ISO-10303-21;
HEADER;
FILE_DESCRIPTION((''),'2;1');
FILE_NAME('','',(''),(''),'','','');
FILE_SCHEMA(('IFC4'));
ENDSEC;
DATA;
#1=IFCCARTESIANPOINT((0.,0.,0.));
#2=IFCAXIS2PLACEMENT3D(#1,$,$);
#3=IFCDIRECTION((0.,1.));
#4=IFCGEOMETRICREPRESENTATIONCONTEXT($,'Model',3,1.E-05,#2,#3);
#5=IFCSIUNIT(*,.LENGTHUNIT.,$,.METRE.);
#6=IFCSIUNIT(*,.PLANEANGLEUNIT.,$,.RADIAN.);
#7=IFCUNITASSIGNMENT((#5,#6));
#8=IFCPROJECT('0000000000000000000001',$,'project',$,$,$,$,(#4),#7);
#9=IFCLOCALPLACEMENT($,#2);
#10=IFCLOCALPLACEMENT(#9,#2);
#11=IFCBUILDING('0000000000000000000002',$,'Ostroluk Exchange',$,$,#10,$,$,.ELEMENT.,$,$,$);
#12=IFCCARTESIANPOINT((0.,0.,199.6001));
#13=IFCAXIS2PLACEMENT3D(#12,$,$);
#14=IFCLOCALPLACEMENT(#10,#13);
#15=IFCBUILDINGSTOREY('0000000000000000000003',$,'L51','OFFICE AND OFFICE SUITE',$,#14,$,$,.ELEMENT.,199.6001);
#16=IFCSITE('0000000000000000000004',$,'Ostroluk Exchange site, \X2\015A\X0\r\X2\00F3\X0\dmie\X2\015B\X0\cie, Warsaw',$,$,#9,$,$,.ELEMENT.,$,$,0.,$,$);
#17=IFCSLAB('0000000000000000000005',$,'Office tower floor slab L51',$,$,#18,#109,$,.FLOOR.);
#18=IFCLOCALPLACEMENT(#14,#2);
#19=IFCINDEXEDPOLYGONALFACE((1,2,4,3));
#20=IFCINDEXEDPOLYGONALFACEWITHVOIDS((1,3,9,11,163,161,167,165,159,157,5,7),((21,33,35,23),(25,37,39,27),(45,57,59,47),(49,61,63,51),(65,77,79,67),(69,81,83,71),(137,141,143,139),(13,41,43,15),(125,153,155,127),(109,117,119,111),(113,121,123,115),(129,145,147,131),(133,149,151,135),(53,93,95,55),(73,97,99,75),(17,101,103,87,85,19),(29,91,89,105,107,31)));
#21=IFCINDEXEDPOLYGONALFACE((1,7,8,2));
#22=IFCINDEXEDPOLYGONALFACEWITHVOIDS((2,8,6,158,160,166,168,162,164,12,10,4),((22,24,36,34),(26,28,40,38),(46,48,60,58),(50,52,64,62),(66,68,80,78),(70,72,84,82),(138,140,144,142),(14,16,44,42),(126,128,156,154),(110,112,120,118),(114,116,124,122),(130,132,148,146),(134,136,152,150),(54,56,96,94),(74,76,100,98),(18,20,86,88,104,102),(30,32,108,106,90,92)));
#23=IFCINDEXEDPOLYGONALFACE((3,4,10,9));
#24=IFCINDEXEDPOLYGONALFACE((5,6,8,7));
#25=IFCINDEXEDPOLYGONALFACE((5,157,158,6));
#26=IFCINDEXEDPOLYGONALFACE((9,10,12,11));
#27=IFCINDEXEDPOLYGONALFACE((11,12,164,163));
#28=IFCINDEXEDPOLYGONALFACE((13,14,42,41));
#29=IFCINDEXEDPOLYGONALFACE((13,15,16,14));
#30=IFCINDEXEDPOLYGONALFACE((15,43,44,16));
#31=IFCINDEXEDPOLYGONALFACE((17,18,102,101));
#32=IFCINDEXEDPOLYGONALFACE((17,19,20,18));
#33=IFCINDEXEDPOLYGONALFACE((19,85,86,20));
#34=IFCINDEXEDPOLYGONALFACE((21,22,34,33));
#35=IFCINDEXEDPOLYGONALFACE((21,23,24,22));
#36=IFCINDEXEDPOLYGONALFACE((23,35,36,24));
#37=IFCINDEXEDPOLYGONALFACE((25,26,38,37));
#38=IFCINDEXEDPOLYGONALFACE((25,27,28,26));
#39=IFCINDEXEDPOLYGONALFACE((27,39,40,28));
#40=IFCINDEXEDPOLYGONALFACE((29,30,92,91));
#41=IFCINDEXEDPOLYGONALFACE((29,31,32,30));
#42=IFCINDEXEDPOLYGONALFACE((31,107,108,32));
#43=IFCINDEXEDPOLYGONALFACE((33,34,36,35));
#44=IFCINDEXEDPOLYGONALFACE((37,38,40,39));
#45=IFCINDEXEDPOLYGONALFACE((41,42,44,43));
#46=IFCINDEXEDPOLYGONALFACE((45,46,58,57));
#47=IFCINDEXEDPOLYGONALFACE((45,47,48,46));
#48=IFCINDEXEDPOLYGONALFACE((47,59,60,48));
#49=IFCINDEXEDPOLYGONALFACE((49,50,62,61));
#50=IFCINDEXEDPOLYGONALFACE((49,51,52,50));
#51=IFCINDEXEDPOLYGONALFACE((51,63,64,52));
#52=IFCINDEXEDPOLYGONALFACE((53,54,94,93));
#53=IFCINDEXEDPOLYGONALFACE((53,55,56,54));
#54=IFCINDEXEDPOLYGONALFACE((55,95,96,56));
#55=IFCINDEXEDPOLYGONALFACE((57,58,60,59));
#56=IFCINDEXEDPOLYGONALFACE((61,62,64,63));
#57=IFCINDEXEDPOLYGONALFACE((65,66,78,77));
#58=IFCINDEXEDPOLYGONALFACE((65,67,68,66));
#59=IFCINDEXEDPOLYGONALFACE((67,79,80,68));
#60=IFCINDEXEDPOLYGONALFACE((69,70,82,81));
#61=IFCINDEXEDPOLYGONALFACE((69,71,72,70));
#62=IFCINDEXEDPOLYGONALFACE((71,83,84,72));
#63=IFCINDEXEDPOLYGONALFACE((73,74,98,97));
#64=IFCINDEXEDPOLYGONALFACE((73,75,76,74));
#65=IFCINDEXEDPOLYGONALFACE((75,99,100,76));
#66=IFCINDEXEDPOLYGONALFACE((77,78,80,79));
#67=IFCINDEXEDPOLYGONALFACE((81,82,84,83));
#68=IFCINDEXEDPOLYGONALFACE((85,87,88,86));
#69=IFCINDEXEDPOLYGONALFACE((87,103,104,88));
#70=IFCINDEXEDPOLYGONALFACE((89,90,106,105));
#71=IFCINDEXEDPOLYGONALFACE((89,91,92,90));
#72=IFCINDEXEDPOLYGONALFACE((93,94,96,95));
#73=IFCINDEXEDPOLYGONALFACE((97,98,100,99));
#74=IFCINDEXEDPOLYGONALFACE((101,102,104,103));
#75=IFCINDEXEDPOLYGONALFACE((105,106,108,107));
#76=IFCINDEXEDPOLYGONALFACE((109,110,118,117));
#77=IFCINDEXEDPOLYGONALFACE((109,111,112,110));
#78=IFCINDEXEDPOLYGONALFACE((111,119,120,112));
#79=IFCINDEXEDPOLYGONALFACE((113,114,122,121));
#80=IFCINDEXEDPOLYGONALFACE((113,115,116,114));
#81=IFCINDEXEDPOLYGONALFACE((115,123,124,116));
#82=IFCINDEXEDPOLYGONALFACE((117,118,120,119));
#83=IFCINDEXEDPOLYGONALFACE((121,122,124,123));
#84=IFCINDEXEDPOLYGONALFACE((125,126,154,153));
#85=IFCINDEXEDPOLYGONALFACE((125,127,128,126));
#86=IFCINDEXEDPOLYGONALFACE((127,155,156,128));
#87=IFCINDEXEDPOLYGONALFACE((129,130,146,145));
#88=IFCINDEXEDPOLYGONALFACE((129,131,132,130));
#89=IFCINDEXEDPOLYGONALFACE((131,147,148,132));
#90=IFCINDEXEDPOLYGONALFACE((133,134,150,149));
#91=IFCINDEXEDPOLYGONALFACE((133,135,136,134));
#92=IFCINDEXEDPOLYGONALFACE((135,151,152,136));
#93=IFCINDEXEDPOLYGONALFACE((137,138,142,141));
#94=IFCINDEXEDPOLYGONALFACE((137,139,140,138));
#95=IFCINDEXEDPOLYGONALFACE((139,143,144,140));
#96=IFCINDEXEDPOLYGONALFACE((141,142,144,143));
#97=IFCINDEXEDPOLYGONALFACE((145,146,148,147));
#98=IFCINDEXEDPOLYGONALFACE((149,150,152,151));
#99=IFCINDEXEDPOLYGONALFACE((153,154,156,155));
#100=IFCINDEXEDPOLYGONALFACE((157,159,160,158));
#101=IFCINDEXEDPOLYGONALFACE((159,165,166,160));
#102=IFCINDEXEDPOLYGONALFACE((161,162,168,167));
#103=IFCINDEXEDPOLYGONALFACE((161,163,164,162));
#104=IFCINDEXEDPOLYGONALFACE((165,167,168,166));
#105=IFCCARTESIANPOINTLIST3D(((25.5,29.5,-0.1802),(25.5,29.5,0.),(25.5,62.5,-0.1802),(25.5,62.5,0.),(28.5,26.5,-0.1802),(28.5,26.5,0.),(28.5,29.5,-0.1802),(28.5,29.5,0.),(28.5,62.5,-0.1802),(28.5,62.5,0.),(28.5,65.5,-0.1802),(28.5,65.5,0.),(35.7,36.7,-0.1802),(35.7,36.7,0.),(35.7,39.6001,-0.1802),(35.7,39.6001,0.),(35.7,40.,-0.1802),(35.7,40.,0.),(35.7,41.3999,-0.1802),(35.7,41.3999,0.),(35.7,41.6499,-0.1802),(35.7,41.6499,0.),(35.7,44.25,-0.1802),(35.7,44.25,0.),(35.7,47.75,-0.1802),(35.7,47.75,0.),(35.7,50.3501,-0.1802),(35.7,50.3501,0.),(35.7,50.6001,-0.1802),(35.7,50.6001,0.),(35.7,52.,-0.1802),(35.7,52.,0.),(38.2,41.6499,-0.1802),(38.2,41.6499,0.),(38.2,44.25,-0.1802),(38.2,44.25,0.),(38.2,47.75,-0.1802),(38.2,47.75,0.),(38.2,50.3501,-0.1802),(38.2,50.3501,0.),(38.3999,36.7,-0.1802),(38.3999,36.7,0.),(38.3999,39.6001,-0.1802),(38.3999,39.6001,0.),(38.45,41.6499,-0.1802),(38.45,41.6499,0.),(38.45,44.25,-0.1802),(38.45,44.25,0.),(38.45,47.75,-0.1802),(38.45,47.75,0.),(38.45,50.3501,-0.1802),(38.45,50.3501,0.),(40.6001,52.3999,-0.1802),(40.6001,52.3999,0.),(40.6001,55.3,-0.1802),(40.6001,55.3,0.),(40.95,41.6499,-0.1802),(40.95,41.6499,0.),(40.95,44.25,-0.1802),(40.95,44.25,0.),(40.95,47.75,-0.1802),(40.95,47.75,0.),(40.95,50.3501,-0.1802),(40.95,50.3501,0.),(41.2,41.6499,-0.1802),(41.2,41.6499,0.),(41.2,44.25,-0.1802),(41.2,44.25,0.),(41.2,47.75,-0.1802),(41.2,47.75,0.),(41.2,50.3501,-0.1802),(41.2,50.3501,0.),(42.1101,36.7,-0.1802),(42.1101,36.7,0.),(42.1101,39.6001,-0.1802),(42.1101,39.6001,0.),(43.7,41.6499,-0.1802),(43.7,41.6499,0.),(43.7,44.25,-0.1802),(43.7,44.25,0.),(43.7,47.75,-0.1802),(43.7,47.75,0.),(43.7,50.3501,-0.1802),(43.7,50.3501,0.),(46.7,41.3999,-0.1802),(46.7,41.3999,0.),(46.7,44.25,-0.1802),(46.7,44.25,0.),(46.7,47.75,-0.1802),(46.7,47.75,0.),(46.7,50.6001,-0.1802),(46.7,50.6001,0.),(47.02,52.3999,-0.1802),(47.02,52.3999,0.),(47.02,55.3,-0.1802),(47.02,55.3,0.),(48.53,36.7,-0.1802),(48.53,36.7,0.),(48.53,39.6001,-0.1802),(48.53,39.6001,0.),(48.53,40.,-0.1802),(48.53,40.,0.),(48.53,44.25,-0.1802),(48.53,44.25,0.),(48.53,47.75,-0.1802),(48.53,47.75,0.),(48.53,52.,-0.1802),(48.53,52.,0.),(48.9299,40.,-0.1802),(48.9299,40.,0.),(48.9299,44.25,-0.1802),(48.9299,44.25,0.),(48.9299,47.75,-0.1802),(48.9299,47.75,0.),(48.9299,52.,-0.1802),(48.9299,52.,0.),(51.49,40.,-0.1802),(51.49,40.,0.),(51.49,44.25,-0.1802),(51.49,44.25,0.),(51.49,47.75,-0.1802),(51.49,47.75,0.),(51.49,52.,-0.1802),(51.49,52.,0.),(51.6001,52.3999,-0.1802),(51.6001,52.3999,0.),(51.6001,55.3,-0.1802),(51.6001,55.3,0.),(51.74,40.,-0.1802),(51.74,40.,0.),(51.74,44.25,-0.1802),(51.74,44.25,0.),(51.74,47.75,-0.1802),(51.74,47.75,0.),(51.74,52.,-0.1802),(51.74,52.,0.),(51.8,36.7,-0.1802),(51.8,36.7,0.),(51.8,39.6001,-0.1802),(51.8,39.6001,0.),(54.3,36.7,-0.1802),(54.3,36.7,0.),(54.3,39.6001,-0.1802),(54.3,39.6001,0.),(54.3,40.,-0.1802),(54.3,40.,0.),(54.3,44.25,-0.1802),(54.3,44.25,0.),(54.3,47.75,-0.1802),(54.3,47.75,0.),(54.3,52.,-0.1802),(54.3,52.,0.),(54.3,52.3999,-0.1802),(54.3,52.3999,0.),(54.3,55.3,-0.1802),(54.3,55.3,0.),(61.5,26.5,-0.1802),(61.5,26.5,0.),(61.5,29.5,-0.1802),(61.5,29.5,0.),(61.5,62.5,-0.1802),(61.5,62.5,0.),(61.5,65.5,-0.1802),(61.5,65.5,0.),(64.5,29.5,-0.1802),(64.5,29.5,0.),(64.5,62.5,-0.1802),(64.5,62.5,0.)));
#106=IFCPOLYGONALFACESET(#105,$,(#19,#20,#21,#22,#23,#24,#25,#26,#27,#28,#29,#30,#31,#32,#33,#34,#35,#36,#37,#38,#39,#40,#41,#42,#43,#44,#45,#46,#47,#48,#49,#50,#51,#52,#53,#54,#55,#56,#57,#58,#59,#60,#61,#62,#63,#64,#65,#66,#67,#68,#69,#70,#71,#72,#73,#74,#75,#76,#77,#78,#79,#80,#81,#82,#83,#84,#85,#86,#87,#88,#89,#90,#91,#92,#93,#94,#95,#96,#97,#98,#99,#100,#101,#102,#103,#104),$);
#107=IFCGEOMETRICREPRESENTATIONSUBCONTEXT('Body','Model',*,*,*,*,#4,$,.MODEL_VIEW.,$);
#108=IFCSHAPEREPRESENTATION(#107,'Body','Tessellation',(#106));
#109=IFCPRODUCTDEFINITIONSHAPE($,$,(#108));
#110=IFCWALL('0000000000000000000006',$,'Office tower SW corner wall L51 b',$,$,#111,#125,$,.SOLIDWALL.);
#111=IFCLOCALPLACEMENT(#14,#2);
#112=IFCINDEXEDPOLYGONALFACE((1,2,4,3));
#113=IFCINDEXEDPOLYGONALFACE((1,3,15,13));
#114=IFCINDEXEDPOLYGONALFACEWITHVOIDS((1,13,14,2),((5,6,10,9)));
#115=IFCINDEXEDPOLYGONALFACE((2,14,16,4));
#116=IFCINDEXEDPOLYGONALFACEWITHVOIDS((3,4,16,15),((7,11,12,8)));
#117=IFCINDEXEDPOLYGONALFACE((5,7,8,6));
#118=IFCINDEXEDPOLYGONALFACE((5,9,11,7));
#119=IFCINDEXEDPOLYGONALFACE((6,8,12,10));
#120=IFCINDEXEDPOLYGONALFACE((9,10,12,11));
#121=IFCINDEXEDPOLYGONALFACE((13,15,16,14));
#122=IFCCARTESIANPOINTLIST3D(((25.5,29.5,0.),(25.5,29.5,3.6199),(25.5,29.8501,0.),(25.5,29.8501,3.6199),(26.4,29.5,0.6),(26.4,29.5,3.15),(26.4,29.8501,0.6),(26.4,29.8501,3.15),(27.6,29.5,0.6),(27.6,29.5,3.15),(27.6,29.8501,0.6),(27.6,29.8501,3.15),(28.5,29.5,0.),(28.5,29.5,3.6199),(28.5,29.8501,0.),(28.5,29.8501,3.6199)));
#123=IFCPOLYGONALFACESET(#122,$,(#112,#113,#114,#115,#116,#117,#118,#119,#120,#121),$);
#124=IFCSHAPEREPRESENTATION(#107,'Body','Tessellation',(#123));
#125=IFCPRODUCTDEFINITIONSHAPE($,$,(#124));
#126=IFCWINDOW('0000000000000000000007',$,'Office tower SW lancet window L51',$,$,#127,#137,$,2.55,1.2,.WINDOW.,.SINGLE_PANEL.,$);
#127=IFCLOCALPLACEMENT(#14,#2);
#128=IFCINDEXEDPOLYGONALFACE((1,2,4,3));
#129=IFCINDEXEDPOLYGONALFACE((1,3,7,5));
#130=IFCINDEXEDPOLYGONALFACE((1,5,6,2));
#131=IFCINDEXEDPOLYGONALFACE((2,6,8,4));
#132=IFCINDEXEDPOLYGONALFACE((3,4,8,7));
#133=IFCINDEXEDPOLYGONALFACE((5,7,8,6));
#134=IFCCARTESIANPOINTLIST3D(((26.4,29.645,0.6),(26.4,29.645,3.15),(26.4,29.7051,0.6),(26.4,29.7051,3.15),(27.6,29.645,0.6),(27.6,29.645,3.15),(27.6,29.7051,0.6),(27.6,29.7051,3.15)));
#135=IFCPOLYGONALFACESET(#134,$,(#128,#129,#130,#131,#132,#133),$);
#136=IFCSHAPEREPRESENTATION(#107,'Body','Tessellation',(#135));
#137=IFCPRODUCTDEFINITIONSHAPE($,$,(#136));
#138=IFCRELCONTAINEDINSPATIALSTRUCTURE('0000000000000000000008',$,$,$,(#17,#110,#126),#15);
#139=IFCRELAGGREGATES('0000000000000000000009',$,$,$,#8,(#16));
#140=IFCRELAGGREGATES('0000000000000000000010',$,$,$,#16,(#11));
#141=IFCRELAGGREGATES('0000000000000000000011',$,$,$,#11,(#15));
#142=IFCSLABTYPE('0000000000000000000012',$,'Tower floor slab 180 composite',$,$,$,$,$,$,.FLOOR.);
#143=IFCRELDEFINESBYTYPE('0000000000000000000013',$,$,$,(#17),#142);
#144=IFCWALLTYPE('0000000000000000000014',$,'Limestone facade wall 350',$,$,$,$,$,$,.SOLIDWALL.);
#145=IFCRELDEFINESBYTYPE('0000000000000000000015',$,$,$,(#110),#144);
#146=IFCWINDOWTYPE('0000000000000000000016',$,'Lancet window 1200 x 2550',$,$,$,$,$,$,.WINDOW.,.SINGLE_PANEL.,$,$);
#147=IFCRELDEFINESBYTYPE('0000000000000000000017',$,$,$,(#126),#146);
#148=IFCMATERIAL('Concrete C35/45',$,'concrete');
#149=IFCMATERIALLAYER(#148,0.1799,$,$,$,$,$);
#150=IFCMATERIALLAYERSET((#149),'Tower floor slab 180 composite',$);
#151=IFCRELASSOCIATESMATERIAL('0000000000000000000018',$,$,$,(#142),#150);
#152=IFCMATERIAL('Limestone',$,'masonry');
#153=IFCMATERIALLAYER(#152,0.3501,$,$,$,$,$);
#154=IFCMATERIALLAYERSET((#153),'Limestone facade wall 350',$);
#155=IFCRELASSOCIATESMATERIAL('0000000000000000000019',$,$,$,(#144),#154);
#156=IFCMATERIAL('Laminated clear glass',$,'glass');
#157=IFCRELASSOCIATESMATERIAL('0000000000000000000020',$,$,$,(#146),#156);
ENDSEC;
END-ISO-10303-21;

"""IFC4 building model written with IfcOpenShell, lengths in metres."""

from ifc_helpers import new_model, si_unit, direction, frame, frame_2d, origin, place, context, subcontext, project, spatial, polyline, rectangle, outline, extrude, material, layer, layer_set, type_object, element, fill, save


model = new_model("IFC4")

# Units and contexts
model_context = context("Model", 3, precision=1e-05, world=origin(), true_north=direction((0.0, 1.0)))
body_context = subcontext(model_context, "Body", "Model", "MODEL_VIEW")
ifc_project = project(units=[si_unit("LENGTHUNIT", "METRE"), si_unit("PLANEANGLEUNIT", "RADIAN")], contexts=[model_context])

# Site, building, storey
site_placement = place(None, origin())
site = spatial("IfcSite", under=ifc_project, at=site_placement, Name="Ostroluk Exchange site, Śródmieście, Warsaw", CompositionType="ELEMENT", RefElevation=0.0)
building_placement = place(site_placement, origin())
building = spatial("IfcBuilding", under=site, at=building_placement, Name="Ostroluk Exchange", CompositionType="ELEMENT")
storey_placement = place(building_placement, frame((0.0, 0.0, 199.6001)))
storey = spatial("IfcBuildingStorey", under=building, at=storey_placement, Name="L51", Description="OFFICE AND OFFICE SUITE", CompositionType="ELEMENT", Elevation=199.6001)

# Slab
ifc_material_1 = material(Name="Concrete C35/45", Category="concrete")
ifc_layer_1 = layer(ifc_material_1, 0.1799)
ifc_layer_set_1 = layer_set([ifc_layer_1], Name="Tower floor slab 180 composite")
slab_type_1 = type_object("IfcSlabType", Name="Tower floor slab 180 composite", PredefinedType="FLOOR", material=ifc_layer_set_1)
slab_1_placement = place(storey_placement, frame((0.0, 0.0, -0.1802)))
element("IfcSlab", 1, at=slab_1_placement, inside=storey, type_object=slab_type_1, Name="Office tower floor slab L51", PredefinedType="FLOOR", context=body_context, shape_type="SweptSolid", body=[
    extrude(outline(polyline([(28.5, 26.5), (61.5, 26.5), (61.5, 29.5), (64.5, 29.5), (64.5, 62.5), (61.5, 62.5), (61.5, 65.5), (28.5, 65.5), (28.5, 62.5), (25.5, 62.5), (25.5, 29.5), (28.5, 29.5), (28.5, 26.5)]), holes=[polyline([(35.7, 36.7), (38.3999, 36.7), (38.3999, 39.6001), (35.7, 39.6001), (35.7, 36.7)]), polyline([(42.1101, 36.7), (48.53, 36.7), (48.53, 39.6001), (42.1101, 39.6001), (42.1101, 36.7)]), polyline([(51.8, 36.7), (54.3, 36.7), (54.3, 39.6001), (51.8, 39.6001), (51.8, 36.7)]), polyline([(40.6001, 52.3999), (47.02, 52.3999), (47.02, 55.3), (40.6001, 55.3), (40.6001, 52.3999)]), polyline([(51.6001, 52.3999), (54.3, 52.3999), (54.3, 55.3), (51.6001, 55.3), (51.6001, 52.3999)]), polyline([(35.7, 47.75), (38.2, 47.75), (38.2, 50.3501), (35.7, 50.3501), (35.7, 47.75)]), polyline([(38.45, 47.75), (40.95, 47.75), (40.95, 50.3501), (38.45, 50.3501), (38.45, 47.75)]), polyline([(41.2, 47.75), (43.7, 47.75), (43.7, 50.3501), (41.2, 50.3501), (41.2, 47.75)]), polyline([(35.7, 41.6499), (38.2, 41.6499), (38.2, 44.25), (35.7, 44.25), (35.7, 41.6499)]), polyline([(38.45, 41.6499), (40.95, 41.6499), (40.95, 44.25), (38.45, 44.25), (38.45, 41.6499)]), polyline([(41.2, 41.6499), (43.7, 41.6499), (43.7, 44.25), (41.2, 44.25), (41.2, 41.6499)]), polyline([(48.9299, 47.75), (51.49, 47.75), (51.49, 52.0), (48.9299, 52.0), (48.9299, 47.75)]), polyline([(51.74, 47.75), (54.3, 47.75), (54.3, 52.0), (51.74, 52.0), (51.74, 47.75)]), polyline([(48.9299, 40.0), (51.49, 40.0), (51.49, 44.25), (48.9299, 44.25), (48.9299, 40.0)]), polyline([(51.74, 40.0), (54.3, 40.0), (54.3, 44.25), (51.74, 44.25), (51.74, 40.0)]), polyline([(48.53, 52.0), (48.53, 47.75), (46.7, 47.75), (46.7, 50.6001), (35.7, 50.6001), (35.7, 52.0), (48.53, 52.0)]), polyline([(35.7, 40.0), (35.7, 41.3999), (46.7, 41.3999), (46.7, 44.25), (48.53, 44.25), (48.53, 40.0), (35.7, 40.0)])]), origin(), (0.0, 0.0, 1.0), 0.1802),
])

# Shared definitions
ifc_material_2 = material(Name="Limestone", Category="masonry")
ifc_layer_2 = layer(ifc_material_2, 0.3501)
ifc_layer_set_2 = layer_set([ifc_layer_2], Name="Limestone facade wall 350")
wall_type = type_object("IfcWallType", Name="Limestone facade wall 350", PredefinedType="SOLIDWALL", material=ifc_layer_set_2)

# Wall, opening, window
wall_1_placement = place(storey_placement, frame((28.5, 29.675, 0.0), z_axis=(0.0, 0.0, 1.0), x_axis=(-1.0, 0.0, 0.0)))
wall_1 = element("IfcWall", 2, at=wall_1_placement, inside=storey, type_object=wall_type, Name="Office tower SW corner wall L51 b", PredefinedType="SOLIDWALL", context=body_context, shape_type="SweptSolid", body=[
    extrude(rectangle(XDim=3.0, YDim=0.3501, at=frame_2d((1.5, 0.0))), origin(), (0.0, 0.0, 1.0), 3.6199),
])
opening_1_placement = place(wall_1_placement, frame((0.8999, 0.0, 0.6001)))
opening_1 = element("IfcOpeningElement", 3, at=opening_1_placement, cuts=wall_1, PredefinedType="OPENING", context=body_context, shape_type="SweptSolid", body=[
    extrude(rectangle(XDim=1.2, YDim=2.55, at=frame_2d((0.6001, 1.2749))), frame((0.0, 0.1851, 0.0), z_axis=(0.0, -1.0, 0.0), x_axis=(1.0, 0.0, 0.0)), (0.0, 0.0, 1.0), 0.3701),
])
ifc_material_3 = material(Name="Laminated clear glass", Category="glass")
window_type = type_object("IfcWindowType", Name="Lancet window 1200 x 2550", PartitioningType="SINGLE_PANEL", PredefinedType="WINDOW", material=ifc_material_3)
window_placement = place(opening_1_placement, origin())
window = element("IfcWindow", 4, at=window_placement, inside=storey, type_object=window_type, Name="Office tower SW lancet window L51", OverallHeight=2.55, OverallWidth=1.2, PartitioningType="SINGLE_PANEL", PredefinedType="WINDOW", context=body_context, shape_type="SweptSolid", body=[
    extrude(rectangle(XDim=1.2, YDim=2.55, at=frame_2d((0.6001, 1.2749))), frame((0.0, 0.03, 0.0), z_axis=(0.0, -1.0, 0.0), x_axis=(1.0, 0.0, 0.0)), (0.0, 0.0, 1.0), 0.0601),
])
fill(opening_1, window)

save(model, "model.ifc")
